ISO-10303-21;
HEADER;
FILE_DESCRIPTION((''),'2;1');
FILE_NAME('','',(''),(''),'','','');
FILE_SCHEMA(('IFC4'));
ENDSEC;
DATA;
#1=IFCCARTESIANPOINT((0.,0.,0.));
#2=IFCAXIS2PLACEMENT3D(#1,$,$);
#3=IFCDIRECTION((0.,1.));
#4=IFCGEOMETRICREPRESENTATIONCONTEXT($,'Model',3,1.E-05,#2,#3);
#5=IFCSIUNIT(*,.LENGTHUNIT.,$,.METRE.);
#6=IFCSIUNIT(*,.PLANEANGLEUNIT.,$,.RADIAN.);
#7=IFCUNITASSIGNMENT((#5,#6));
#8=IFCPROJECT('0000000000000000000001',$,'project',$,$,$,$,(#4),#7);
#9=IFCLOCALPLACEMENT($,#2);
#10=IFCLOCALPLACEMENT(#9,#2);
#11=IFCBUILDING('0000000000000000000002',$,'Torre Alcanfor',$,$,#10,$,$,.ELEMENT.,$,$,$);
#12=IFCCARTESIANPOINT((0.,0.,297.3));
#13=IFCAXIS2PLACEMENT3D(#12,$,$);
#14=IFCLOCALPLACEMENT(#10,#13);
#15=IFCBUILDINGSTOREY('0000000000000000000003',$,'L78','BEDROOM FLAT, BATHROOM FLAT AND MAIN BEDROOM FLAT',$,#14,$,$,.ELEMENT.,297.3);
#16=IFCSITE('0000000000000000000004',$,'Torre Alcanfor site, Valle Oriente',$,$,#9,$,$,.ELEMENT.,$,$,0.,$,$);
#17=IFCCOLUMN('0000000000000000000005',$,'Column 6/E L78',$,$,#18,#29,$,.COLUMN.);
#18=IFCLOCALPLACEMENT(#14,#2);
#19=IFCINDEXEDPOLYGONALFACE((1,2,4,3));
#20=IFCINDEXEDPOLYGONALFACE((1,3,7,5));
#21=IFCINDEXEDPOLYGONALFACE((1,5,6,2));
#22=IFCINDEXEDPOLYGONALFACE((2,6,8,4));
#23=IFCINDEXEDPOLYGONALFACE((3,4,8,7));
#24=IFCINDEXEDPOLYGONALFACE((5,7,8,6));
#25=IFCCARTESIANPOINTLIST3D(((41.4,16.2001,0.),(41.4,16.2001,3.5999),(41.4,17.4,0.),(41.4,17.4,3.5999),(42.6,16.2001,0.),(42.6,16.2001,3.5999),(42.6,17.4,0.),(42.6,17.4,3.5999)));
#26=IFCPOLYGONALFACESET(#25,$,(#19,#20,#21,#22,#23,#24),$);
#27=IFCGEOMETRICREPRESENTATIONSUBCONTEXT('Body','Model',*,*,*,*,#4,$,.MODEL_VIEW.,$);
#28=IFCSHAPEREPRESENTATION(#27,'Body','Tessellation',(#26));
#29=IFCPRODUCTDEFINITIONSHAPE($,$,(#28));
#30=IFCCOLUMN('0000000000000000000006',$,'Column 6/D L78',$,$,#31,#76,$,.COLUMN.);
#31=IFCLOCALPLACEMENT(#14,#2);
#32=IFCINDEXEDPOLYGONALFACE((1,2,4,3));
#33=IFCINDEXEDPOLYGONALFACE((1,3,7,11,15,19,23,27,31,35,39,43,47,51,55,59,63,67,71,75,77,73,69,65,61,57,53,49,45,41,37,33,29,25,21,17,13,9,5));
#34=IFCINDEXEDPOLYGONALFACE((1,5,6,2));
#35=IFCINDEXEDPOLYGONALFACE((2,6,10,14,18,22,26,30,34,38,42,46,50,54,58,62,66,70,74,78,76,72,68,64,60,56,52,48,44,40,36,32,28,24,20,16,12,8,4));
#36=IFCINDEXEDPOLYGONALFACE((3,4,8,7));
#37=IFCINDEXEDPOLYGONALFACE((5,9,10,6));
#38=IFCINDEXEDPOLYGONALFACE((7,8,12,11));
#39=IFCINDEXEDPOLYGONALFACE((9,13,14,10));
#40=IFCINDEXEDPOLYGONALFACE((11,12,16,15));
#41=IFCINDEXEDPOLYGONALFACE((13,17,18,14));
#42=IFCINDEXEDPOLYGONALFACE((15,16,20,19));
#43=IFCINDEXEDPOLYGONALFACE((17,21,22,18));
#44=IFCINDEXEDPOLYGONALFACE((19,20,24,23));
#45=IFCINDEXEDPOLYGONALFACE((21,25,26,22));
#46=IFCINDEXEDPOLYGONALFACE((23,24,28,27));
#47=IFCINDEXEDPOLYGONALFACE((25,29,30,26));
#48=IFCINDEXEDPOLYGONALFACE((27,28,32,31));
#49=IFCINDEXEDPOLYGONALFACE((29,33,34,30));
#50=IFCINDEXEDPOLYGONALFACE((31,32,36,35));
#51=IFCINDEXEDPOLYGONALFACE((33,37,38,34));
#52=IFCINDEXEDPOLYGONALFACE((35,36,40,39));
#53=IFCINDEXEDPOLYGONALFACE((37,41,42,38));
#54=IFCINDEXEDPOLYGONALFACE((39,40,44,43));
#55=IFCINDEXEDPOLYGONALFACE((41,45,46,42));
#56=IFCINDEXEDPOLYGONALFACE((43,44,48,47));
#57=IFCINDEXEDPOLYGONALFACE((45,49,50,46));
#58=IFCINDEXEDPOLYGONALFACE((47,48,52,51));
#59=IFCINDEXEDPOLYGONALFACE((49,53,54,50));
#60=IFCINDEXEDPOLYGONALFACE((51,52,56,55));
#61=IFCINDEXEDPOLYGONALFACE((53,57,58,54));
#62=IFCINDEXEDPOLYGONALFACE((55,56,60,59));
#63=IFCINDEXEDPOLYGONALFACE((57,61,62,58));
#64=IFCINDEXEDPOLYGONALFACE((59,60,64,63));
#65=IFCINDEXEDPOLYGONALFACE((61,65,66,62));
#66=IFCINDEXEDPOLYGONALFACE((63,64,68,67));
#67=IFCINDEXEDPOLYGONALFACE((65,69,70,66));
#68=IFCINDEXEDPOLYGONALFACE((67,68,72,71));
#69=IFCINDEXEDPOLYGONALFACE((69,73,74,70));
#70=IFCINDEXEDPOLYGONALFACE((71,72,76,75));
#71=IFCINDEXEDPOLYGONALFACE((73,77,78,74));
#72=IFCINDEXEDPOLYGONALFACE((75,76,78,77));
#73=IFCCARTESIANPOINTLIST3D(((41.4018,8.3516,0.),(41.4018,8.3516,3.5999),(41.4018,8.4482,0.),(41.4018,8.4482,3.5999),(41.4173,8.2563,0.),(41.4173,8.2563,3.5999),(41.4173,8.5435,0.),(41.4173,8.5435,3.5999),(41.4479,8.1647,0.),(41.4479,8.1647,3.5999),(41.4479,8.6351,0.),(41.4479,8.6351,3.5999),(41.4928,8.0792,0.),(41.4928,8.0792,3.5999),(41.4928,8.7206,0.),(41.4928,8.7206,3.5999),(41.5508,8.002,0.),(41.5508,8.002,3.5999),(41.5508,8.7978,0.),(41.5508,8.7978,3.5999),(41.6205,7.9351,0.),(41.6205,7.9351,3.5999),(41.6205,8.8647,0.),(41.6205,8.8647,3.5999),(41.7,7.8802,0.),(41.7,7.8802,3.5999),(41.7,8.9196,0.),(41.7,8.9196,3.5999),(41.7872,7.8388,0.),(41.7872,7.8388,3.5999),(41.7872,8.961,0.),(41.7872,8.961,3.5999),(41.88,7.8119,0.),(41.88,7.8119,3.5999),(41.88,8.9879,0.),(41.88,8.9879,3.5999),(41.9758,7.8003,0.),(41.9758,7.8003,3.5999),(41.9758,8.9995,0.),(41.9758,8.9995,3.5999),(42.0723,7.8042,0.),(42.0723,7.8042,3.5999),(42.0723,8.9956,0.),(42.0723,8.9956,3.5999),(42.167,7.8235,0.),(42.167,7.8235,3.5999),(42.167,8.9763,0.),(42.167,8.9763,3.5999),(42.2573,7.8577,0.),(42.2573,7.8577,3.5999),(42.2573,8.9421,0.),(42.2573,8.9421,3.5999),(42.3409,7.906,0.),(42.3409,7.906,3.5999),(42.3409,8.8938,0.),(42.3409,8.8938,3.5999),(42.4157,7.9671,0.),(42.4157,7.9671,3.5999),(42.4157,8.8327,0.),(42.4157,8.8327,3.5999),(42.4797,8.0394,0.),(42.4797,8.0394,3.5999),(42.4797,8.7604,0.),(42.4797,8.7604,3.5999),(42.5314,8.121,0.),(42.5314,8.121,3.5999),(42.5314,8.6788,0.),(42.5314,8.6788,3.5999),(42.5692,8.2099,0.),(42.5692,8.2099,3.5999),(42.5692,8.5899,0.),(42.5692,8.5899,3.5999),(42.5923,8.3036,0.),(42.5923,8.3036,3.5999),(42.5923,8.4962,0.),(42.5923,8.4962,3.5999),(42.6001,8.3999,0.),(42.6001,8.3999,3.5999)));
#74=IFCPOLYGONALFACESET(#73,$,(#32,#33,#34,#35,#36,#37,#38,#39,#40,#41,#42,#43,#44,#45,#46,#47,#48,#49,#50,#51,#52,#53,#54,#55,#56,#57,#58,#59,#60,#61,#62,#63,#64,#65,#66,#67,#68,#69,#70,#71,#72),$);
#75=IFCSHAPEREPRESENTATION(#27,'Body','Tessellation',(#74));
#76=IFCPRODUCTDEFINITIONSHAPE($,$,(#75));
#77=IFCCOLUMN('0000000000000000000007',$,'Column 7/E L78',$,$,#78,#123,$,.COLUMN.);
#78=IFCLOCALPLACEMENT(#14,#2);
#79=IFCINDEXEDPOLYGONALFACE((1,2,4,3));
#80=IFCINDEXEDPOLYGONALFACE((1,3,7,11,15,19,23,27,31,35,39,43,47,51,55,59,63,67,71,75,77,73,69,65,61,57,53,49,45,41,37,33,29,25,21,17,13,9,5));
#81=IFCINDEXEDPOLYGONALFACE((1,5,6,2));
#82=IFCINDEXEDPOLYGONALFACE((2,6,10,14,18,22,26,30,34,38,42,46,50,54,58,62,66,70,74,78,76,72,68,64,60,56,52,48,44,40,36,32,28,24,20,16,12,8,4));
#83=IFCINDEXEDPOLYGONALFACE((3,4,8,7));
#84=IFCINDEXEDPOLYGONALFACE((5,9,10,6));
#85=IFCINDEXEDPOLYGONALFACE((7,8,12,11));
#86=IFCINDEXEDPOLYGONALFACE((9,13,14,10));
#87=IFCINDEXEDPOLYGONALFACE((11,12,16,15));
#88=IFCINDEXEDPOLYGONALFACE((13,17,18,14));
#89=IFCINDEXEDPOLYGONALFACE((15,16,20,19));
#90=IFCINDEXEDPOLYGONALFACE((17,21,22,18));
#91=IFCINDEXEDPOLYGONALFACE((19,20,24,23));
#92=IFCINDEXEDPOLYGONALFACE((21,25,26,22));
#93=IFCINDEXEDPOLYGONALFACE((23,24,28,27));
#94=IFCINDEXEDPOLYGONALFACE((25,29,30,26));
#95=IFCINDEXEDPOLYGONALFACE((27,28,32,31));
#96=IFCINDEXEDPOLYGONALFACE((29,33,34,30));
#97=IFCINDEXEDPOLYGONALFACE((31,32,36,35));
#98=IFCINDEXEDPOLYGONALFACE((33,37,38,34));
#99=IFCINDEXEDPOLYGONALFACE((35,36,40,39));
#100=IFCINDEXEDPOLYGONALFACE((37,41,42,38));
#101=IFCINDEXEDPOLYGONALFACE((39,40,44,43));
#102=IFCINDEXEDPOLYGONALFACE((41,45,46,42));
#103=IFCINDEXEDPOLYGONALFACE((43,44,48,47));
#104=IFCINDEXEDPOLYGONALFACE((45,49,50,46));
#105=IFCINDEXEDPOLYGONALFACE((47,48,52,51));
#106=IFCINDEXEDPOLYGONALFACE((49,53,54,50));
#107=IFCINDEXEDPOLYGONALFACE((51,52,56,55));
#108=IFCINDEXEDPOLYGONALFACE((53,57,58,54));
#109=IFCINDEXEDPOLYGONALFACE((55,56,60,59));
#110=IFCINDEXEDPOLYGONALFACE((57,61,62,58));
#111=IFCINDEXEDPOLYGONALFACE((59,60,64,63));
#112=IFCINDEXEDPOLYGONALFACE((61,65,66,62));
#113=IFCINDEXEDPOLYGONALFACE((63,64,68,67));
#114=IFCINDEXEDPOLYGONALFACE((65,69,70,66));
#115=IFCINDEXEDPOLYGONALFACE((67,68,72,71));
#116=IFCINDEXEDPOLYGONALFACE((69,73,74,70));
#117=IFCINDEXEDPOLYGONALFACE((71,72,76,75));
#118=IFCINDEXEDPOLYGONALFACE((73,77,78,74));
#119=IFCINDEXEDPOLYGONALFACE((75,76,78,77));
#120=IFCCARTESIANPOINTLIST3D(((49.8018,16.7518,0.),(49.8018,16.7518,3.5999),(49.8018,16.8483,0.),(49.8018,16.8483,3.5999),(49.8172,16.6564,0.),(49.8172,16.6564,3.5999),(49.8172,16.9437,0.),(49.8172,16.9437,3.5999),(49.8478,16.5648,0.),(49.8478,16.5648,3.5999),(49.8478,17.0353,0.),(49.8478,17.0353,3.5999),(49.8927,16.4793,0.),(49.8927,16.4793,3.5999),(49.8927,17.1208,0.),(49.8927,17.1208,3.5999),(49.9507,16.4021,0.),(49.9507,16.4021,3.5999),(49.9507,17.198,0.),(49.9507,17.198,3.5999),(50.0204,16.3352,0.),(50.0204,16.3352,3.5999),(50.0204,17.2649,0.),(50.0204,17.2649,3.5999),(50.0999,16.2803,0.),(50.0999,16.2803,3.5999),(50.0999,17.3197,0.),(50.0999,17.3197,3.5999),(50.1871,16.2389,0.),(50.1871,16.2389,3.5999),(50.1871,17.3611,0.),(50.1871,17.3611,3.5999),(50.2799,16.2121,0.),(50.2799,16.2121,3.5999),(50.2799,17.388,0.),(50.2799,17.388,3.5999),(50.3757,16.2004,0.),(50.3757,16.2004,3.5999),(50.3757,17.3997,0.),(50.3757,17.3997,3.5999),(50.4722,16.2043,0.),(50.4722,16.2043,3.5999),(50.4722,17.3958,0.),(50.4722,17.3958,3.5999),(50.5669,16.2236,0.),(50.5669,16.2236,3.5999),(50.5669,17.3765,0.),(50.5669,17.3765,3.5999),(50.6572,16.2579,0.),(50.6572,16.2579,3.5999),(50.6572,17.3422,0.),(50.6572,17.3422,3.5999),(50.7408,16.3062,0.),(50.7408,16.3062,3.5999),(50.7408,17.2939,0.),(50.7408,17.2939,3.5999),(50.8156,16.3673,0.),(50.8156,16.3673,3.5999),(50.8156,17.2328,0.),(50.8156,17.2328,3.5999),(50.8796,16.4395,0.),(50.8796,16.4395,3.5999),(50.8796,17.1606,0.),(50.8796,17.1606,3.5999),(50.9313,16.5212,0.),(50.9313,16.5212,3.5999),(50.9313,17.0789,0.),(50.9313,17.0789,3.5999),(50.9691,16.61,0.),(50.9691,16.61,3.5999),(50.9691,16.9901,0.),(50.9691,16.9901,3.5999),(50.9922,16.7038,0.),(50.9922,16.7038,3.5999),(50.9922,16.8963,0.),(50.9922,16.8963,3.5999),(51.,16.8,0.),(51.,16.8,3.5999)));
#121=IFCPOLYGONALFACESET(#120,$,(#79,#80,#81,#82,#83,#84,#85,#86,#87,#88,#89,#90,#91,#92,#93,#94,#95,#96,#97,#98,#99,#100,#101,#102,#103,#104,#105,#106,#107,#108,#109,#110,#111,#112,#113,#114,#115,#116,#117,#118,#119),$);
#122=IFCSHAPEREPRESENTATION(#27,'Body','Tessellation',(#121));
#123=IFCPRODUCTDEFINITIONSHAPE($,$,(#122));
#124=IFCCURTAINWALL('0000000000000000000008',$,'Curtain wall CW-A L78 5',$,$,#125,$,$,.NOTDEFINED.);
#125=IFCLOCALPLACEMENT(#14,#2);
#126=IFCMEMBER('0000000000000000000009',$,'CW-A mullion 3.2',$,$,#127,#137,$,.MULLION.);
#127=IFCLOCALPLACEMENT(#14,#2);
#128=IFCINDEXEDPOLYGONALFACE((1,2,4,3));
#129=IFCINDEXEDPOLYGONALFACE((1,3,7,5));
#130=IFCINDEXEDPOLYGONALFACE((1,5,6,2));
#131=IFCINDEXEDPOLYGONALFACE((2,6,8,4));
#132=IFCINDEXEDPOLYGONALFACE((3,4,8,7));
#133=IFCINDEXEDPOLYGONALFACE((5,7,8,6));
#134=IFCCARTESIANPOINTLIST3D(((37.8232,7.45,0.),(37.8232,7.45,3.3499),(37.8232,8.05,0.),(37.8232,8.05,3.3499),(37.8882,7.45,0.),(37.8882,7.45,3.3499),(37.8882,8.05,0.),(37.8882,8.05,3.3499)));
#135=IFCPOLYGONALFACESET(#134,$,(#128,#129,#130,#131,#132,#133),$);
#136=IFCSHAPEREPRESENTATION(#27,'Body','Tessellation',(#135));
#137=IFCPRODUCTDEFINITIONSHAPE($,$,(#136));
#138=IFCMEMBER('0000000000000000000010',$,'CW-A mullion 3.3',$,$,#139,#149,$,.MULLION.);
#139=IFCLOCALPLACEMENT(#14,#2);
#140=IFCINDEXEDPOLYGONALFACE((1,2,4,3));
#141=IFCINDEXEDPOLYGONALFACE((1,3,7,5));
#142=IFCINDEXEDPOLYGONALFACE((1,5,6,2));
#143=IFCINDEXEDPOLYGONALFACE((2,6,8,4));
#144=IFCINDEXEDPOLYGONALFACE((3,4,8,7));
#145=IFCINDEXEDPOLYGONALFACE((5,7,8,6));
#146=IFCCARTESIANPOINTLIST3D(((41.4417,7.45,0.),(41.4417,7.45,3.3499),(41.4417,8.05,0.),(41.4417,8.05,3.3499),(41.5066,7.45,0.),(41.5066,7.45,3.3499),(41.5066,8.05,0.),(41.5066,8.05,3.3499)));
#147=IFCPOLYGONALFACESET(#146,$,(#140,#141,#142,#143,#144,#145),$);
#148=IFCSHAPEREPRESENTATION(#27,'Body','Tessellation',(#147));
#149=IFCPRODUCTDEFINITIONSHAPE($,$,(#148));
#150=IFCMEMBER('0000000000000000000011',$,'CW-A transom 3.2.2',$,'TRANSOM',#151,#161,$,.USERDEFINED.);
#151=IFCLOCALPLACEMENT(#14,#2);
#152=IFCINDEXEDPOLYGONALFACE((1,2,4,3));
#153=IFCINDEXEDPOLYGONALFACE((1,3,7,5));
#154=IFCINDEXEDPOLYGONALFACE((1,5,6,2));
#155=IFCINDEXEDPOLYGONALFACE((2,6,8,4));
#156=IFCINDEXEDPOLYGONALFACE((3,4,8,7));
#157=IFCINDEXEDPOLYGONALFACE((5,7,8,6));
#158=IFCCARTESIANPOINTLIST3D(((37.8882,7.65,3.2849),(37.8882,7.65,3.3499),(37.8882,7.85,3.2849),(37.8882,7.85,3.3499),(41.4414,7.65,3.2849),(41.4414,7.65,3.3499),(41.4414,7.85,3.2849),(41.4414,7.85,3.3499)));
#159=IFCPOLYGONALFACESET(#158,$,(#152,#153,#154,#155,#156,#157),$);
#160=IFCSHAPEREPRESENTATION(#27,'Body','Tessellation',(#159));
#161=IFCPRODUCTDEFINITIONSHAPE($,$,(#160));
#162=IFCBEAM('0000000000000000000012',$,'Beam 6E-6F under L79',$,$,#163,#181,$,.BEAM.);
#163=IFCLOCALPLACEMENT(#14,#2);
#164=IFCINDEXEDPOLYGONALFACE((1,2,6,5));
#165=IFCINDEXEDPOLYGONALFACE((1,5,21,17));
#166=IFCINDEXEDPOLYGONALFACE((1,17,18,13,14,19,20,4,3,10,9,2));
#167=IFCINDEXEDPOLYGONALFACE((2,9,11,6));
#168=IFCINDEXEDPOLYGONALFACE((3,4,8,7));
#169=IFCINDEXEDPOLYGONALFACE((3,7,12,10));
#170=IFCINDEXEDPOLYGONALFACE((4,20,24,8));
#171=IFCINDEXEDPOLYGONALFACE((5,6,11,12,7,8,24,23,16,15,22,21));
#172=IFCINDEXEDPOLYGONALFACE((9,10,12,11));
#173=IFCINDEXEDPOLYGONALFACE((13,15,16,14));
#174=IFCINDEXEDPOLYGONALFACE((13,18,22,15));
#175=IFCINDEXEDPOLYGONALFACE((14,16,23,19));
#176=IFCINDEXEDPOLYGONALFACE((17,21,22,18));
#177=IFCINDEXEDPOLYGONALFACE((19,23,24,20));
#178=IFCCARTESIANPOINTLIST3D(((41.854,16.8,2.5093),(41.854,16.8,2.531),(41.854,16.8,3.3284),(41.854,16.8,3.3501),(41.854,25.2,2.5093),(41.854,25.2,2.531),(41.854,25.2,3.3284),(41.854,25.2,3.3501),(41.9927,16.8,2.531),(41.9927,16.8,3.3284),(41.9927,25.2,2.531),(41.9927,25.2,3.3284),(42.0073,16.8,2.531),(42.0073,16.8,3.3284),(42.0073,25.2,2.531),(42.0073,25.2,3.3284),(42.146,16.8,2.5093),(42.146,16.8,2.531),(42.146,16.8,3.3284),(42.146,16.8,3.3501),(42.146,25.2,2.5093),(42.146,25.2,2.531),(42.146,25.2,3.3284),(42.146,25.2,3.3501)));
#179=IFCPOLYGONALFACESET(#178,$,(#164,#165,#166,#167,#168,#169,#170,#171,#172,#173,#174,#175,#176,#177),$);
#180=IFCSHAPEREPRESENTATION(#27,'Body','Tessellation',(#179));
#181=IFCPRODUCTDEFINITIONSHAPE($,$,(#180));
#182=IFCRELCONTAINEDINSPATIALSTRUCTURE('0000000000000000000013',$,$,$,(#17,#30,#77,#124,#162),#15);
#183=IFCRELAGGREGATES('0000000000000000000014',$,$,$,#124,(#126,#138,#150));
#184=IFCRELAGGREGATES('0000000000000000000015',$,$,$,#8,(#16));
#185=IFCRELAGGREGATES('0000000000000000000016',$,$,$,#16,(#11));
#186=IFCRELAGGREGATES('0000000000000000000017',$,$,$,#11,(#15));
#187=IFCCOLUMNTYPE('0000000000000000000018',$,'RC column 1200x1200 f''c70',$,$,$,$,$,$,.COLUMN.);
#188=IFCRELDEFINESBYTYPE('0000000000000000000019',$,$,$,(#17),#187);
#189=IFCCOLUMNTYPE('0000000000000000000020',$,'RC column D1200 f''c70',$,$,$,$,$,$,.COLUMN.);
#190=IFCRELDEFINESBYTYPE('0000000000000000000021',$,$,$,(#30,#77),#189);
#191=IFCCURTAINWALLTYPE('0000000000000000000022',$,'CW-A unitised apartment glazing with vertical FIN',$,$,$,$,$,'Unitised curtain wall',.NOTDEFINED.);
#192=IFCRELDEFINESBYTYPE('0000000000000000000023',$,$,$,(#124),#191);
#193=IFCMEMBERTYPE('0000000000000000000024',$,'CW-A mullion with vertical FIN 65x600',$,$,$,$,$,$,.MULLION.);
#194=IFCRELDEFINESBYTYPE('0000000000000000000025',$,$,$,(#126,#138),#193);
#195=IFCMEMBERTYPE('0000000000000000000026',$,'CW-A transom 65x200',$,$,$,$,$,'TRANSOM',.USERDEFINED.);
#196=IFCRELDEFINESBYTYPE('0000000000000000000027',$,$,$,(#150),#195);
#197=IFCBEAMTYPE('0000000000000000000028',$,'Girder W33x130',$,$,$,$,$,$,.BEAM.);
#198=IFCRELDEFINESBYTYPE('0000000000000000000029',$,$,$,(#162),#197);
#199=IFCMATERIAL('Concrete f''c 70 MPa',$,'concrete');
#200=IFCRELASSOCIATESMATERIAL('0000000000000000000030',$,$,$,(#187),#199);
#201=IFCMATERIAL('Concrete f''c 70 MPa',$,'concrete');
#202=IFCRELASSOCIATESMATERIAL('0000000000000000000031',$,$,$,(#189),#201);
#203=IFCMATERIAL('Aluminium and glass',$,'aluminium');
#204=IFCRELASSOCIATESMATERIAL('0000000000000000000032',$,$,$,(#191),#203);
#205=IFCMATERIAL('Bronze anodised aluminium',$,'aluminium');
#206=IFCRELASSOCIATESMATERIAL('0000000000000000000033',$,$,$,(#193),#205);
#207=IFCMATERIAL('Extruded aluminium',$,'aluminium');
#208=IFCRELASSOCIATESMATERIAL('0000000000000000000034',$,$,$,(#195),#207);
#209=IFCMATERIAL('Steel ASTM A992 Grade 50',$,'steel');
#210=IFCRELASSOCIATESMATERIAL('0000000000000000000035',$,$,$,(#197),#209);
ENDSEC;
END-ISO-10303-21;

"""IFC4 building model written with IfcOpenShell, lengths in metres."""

from ifc_helpers import new_model, si_unit, direction, frame, origin, origin_2d, place, context, subcontext, project, spatial, rectangle, circle, i_section, extrude, material, material_profile, profile_set, type_object, element, aggregate, save


model = new_model("IFC4")

# Units and contexts
model_context = context("Model", 3, precision=1e-05, world=origin(), true_north=direction((0.0, 1.0)))
body_context = subcontext(model_context, "Body", "Model", "MODEL_VIEW")
ifc_project = project(units=[si_unit("LENGTHUNIT", "METRE"), si_unit("PLANEANGLEUNIT", "RADIAN")], contexts=[model_context])

# Site, building, storey
site_placement = place(None, origin())
site = spatial("IfcSite", under=ifc_project, at=site_placement, Name="Torre Alcanfor site, Valle Oriente", CompositionType="ELEMENT", RefElevation=0.0)
building_placement = place(site_placement, origin())
building = spatial("IfcBuilding", under=site, at=building_placement, Name="Torre Alcanfor", CompositionType="ELEMENT")
storey_placement = place(building_placement, frame((0.0, 0.0, 297.3)))
storey = spatial("IfcBuildingStorey", under=building, at=storey_placement, Name="L78", Description="BEDROOM FLAT, BATHROOM FLAT AND MAIN BEDROOM FLAT", CompositionType="ELEMENT", Elevation=297.3)

# Columns
ifc_material_1 = material(Name="Concrete f'c 70 MPa", Category="concrete")
ifc_material_profile_1 = material_profile(ifc_material_1, rectangle(XDim=1.2, YDim=1.2, at=origin_2d()), Name="1200x1200")
ifc_profile_set_1 = profile_set([ifc_material_profile_1], Name="Concrete f'c 70 MPa")
column_type_1 = type_object("IfcColumnType", Name="RC column 1200x1200 f'c70", PredefinedType="COLUMN", material=ifc_profile_set_1)
column_placement = place(storey_placement, frame((42.0, 16.8, 0.0), z_axis=(0.0, 0.0, 1.0), x_axis=(1.0, 0.0, 0.0)))
element("IfcColumn", 1, at=column_placement, inside=storey, type_object=column_type_1, Name="Column 6/E L78", PredefinedType="COLUMN", context=body_context, shape_type="SweptSolid", body=[
    extrude(rectangle(XDim=1.2, YDim=1.2, at=origin_2d()), origin(), (0.0, 0.0, 1.0), 3.5999),
])
ifc_material_2 = material(Name="Concrete f'c 70 MPa", Category="concrete")
ifc_material_profile_2 = material_profile(ifc_material_2, circle(Radius=0.6001, at=origin_2d()), Name="D1200")
ifc_profile_set_2 = profile_set([ifc_material_profile_2], Name="Concrete f'c 70 MPa")
column_type_2 = type_object("IfcColumnType", Name="RC column D1200 f'c70", PredefinedType="COLUMN", material=ifc_profile_set_2)
for number, where, z_axis, x_axis, name in (
    (2, (42.0, 8.3999, 0.0), (0.0, 0.0, 1.0), (1.0, 0.0, 0.0), "Column 6/D L78"),
    (3, (50.3999, 16.8, 0.0), (0.0, 0.0, 1.0), (1.0, 0.0, 0.0), "Column 7/E L78"),
):
    element("IfcColumn", number, at=place(storey_placement, frame(where, z_axis=z_axis, x_axis=x_axis)), inside=storey, type_object=column_type_2, Name=name, PredefinedType="COLUMN", context=body_context, shape_type="SweptSolid", body=[
        extrude(circle(Radius=0.6001, at=origin_2d()), origin(), (0.0, 0.0, 1.0), 3.5999),
    ])

# Curtain wall, members
ifc_material_3 = material(Name="Aluminium and glass", Category="aluminium")
curtain_wall_type = type_object("IfcCurtainWallType", Name="CW-A unitised apartment glazing with vertical FIN", ElementType="Unitised curtain wall", PredefinedType="NOTDEFINED", material=ifc_material_3)
curtain_wall_placement = place(storey_placement, origin())
curtain_wall = element("IfcCurtainWall", 4, at=curtain_wall_placement, inside=storey, type_object=curtain_wall_type, Name="Curtain wall CW-A L78 5", PredefinedType="NOTDEFINED")
ifc_material_4 = material(Name="Bronze anodised aluminium", Category="aluminium")
ifc_material_profile_3 = material_profile(ifc_material_4, rectangle(XDim=0.6001, YDim=0.0649, at=origin_2d()), Name="CW-A mullion 65x600")
ifc_profile_set_3 = profile_set([ifc_material_profile_3], Name="Bronze anodised aluminium")
member_type_1 = type_object("IfcMemberType", Name="CW-A mullion with vertical FIN 65x600", PredefinedType="MULLION", material=ifc_profile_set_3)
member_1_placement = place(storey_placement, frame((37.8557, 7.75, 0.0), z_axis=(0.0, 0.0, 1.0), x_axis=(0.0, 1.0, 0.0)))
member_1 = element("IfcMember", 5, at=member_1_placement, type_object=member_type_1, Name="CW-A mullion 3.2", PredefinedType="MULLION", context=body_context, shape_type="SweptSolid", body=[
    extrude(rectangle(XDim=0.6001, YDim=0.0649, at=origin_2d()), origin(), (0.0, 0.0, 1.0), 3.3499),
])
member_2_placement = place(storey_placement, frame((41.4741, 7.75, 0.0), z_axis=(0.0, 0.0, 1.0), x_axis=(0.0, 1.0, 0.0)))
member_2 = element("IfcMember", 6, at=member_2_placement, type_object=member_type_1, Name="CW-A mullion 3.3", PredefinedType="MULLION", context=body_context, shape_type="SweptSolid", body=[
    extrude(rectangle(XDim=0.6001, YDim=0.0649, at=origin_2d()), origin(), (0.0, 0.0, 1.0), 3.3499),
])
ifc_material_5 = material(Name="Extruded aluminium", Category="aluminium")
ifc_material_profile_4 = material_profile(ifc_material_5, rectangle(XDim=0.2, YDim=0.0649, at=origin_2d()), Name="CW-A transom 200x65")
ifc_profile_set_4 = profile_set([ifc_material_profile_4], Name="Extruded aluminium")
member_type_2 = type_object("IfcMemberType", Name="CW-A transom 65x200", ElementType="TRANSOM", PredefinedType="USERDEFINED", material=ifc_profile_set_4)
member_3_placement = place(storey_placement, frame((37.8882, 7.75, 3.3174), z_axis=(1.0, 0.0, 0.0), x_axis=(0.0, 1.0, 0.0)))
member_3 = element("IfcMember", 7, at=member_3_placement, type_object=member_type_2, Name="CW-A transom 3.2.2", ObjectType="TRANSOM", PredefinedType="USERDEFINED", context=body_context, shape_type="SweptSolid", body=[
    extrude(rectangle(XDim=0.2, YDim=0.0649, at=origin_2d()), origin(), (0.0, 0.0, 1.0), 3.5532),
])

# Beam
ifc_material_6 = material(Name="Steel ASTM A992 Grade 50", Category="steel")
ifc_material_profile_5 = material_profile(ifc_material_6, i_section(OverallWidth=0.292, OverallDepth=0.8408, WebThickness=0.0146, FlangeThickness=0.0217, at=origin_2d()), Name="W33x130")
ifc_profile_set_5 = profile_set([ifc_material_profile_5], Name="Steel ASTM A992 Grade 50")
beam_type_1 = type_object("IfcBeamType", Name="Girder W33x130", PredefinedType="BEAM", material=ifc_profile_set_5)
beam_1_placement = place(storey_placement, frame((42.0, 16.8, 2.9297), z_axis=(0.0, 1.0, 0.0), x_axis=(-1.0, 0.0, 0.0)))
element("IfcBeam", 8, at=beam_1_placement, inside=storey, type_object=beam_type_1, Name="Beam 6E-6F under L79", PredefinedType="BEAM", context=body_context, shape_type="SweptSolid", body=[
    extrude(i_section(OverallWidth=0.292, OverallDepth=0.8408, WebThickness=0.0146, FlangeThickness=0.0217, at=origin_2d()), origin(), (0.0, 0.0, 1.0), 8.3999),
])

aggregate(curtain_wall, [member_1, member_2, member_3])

save(model, "model.ifc")
